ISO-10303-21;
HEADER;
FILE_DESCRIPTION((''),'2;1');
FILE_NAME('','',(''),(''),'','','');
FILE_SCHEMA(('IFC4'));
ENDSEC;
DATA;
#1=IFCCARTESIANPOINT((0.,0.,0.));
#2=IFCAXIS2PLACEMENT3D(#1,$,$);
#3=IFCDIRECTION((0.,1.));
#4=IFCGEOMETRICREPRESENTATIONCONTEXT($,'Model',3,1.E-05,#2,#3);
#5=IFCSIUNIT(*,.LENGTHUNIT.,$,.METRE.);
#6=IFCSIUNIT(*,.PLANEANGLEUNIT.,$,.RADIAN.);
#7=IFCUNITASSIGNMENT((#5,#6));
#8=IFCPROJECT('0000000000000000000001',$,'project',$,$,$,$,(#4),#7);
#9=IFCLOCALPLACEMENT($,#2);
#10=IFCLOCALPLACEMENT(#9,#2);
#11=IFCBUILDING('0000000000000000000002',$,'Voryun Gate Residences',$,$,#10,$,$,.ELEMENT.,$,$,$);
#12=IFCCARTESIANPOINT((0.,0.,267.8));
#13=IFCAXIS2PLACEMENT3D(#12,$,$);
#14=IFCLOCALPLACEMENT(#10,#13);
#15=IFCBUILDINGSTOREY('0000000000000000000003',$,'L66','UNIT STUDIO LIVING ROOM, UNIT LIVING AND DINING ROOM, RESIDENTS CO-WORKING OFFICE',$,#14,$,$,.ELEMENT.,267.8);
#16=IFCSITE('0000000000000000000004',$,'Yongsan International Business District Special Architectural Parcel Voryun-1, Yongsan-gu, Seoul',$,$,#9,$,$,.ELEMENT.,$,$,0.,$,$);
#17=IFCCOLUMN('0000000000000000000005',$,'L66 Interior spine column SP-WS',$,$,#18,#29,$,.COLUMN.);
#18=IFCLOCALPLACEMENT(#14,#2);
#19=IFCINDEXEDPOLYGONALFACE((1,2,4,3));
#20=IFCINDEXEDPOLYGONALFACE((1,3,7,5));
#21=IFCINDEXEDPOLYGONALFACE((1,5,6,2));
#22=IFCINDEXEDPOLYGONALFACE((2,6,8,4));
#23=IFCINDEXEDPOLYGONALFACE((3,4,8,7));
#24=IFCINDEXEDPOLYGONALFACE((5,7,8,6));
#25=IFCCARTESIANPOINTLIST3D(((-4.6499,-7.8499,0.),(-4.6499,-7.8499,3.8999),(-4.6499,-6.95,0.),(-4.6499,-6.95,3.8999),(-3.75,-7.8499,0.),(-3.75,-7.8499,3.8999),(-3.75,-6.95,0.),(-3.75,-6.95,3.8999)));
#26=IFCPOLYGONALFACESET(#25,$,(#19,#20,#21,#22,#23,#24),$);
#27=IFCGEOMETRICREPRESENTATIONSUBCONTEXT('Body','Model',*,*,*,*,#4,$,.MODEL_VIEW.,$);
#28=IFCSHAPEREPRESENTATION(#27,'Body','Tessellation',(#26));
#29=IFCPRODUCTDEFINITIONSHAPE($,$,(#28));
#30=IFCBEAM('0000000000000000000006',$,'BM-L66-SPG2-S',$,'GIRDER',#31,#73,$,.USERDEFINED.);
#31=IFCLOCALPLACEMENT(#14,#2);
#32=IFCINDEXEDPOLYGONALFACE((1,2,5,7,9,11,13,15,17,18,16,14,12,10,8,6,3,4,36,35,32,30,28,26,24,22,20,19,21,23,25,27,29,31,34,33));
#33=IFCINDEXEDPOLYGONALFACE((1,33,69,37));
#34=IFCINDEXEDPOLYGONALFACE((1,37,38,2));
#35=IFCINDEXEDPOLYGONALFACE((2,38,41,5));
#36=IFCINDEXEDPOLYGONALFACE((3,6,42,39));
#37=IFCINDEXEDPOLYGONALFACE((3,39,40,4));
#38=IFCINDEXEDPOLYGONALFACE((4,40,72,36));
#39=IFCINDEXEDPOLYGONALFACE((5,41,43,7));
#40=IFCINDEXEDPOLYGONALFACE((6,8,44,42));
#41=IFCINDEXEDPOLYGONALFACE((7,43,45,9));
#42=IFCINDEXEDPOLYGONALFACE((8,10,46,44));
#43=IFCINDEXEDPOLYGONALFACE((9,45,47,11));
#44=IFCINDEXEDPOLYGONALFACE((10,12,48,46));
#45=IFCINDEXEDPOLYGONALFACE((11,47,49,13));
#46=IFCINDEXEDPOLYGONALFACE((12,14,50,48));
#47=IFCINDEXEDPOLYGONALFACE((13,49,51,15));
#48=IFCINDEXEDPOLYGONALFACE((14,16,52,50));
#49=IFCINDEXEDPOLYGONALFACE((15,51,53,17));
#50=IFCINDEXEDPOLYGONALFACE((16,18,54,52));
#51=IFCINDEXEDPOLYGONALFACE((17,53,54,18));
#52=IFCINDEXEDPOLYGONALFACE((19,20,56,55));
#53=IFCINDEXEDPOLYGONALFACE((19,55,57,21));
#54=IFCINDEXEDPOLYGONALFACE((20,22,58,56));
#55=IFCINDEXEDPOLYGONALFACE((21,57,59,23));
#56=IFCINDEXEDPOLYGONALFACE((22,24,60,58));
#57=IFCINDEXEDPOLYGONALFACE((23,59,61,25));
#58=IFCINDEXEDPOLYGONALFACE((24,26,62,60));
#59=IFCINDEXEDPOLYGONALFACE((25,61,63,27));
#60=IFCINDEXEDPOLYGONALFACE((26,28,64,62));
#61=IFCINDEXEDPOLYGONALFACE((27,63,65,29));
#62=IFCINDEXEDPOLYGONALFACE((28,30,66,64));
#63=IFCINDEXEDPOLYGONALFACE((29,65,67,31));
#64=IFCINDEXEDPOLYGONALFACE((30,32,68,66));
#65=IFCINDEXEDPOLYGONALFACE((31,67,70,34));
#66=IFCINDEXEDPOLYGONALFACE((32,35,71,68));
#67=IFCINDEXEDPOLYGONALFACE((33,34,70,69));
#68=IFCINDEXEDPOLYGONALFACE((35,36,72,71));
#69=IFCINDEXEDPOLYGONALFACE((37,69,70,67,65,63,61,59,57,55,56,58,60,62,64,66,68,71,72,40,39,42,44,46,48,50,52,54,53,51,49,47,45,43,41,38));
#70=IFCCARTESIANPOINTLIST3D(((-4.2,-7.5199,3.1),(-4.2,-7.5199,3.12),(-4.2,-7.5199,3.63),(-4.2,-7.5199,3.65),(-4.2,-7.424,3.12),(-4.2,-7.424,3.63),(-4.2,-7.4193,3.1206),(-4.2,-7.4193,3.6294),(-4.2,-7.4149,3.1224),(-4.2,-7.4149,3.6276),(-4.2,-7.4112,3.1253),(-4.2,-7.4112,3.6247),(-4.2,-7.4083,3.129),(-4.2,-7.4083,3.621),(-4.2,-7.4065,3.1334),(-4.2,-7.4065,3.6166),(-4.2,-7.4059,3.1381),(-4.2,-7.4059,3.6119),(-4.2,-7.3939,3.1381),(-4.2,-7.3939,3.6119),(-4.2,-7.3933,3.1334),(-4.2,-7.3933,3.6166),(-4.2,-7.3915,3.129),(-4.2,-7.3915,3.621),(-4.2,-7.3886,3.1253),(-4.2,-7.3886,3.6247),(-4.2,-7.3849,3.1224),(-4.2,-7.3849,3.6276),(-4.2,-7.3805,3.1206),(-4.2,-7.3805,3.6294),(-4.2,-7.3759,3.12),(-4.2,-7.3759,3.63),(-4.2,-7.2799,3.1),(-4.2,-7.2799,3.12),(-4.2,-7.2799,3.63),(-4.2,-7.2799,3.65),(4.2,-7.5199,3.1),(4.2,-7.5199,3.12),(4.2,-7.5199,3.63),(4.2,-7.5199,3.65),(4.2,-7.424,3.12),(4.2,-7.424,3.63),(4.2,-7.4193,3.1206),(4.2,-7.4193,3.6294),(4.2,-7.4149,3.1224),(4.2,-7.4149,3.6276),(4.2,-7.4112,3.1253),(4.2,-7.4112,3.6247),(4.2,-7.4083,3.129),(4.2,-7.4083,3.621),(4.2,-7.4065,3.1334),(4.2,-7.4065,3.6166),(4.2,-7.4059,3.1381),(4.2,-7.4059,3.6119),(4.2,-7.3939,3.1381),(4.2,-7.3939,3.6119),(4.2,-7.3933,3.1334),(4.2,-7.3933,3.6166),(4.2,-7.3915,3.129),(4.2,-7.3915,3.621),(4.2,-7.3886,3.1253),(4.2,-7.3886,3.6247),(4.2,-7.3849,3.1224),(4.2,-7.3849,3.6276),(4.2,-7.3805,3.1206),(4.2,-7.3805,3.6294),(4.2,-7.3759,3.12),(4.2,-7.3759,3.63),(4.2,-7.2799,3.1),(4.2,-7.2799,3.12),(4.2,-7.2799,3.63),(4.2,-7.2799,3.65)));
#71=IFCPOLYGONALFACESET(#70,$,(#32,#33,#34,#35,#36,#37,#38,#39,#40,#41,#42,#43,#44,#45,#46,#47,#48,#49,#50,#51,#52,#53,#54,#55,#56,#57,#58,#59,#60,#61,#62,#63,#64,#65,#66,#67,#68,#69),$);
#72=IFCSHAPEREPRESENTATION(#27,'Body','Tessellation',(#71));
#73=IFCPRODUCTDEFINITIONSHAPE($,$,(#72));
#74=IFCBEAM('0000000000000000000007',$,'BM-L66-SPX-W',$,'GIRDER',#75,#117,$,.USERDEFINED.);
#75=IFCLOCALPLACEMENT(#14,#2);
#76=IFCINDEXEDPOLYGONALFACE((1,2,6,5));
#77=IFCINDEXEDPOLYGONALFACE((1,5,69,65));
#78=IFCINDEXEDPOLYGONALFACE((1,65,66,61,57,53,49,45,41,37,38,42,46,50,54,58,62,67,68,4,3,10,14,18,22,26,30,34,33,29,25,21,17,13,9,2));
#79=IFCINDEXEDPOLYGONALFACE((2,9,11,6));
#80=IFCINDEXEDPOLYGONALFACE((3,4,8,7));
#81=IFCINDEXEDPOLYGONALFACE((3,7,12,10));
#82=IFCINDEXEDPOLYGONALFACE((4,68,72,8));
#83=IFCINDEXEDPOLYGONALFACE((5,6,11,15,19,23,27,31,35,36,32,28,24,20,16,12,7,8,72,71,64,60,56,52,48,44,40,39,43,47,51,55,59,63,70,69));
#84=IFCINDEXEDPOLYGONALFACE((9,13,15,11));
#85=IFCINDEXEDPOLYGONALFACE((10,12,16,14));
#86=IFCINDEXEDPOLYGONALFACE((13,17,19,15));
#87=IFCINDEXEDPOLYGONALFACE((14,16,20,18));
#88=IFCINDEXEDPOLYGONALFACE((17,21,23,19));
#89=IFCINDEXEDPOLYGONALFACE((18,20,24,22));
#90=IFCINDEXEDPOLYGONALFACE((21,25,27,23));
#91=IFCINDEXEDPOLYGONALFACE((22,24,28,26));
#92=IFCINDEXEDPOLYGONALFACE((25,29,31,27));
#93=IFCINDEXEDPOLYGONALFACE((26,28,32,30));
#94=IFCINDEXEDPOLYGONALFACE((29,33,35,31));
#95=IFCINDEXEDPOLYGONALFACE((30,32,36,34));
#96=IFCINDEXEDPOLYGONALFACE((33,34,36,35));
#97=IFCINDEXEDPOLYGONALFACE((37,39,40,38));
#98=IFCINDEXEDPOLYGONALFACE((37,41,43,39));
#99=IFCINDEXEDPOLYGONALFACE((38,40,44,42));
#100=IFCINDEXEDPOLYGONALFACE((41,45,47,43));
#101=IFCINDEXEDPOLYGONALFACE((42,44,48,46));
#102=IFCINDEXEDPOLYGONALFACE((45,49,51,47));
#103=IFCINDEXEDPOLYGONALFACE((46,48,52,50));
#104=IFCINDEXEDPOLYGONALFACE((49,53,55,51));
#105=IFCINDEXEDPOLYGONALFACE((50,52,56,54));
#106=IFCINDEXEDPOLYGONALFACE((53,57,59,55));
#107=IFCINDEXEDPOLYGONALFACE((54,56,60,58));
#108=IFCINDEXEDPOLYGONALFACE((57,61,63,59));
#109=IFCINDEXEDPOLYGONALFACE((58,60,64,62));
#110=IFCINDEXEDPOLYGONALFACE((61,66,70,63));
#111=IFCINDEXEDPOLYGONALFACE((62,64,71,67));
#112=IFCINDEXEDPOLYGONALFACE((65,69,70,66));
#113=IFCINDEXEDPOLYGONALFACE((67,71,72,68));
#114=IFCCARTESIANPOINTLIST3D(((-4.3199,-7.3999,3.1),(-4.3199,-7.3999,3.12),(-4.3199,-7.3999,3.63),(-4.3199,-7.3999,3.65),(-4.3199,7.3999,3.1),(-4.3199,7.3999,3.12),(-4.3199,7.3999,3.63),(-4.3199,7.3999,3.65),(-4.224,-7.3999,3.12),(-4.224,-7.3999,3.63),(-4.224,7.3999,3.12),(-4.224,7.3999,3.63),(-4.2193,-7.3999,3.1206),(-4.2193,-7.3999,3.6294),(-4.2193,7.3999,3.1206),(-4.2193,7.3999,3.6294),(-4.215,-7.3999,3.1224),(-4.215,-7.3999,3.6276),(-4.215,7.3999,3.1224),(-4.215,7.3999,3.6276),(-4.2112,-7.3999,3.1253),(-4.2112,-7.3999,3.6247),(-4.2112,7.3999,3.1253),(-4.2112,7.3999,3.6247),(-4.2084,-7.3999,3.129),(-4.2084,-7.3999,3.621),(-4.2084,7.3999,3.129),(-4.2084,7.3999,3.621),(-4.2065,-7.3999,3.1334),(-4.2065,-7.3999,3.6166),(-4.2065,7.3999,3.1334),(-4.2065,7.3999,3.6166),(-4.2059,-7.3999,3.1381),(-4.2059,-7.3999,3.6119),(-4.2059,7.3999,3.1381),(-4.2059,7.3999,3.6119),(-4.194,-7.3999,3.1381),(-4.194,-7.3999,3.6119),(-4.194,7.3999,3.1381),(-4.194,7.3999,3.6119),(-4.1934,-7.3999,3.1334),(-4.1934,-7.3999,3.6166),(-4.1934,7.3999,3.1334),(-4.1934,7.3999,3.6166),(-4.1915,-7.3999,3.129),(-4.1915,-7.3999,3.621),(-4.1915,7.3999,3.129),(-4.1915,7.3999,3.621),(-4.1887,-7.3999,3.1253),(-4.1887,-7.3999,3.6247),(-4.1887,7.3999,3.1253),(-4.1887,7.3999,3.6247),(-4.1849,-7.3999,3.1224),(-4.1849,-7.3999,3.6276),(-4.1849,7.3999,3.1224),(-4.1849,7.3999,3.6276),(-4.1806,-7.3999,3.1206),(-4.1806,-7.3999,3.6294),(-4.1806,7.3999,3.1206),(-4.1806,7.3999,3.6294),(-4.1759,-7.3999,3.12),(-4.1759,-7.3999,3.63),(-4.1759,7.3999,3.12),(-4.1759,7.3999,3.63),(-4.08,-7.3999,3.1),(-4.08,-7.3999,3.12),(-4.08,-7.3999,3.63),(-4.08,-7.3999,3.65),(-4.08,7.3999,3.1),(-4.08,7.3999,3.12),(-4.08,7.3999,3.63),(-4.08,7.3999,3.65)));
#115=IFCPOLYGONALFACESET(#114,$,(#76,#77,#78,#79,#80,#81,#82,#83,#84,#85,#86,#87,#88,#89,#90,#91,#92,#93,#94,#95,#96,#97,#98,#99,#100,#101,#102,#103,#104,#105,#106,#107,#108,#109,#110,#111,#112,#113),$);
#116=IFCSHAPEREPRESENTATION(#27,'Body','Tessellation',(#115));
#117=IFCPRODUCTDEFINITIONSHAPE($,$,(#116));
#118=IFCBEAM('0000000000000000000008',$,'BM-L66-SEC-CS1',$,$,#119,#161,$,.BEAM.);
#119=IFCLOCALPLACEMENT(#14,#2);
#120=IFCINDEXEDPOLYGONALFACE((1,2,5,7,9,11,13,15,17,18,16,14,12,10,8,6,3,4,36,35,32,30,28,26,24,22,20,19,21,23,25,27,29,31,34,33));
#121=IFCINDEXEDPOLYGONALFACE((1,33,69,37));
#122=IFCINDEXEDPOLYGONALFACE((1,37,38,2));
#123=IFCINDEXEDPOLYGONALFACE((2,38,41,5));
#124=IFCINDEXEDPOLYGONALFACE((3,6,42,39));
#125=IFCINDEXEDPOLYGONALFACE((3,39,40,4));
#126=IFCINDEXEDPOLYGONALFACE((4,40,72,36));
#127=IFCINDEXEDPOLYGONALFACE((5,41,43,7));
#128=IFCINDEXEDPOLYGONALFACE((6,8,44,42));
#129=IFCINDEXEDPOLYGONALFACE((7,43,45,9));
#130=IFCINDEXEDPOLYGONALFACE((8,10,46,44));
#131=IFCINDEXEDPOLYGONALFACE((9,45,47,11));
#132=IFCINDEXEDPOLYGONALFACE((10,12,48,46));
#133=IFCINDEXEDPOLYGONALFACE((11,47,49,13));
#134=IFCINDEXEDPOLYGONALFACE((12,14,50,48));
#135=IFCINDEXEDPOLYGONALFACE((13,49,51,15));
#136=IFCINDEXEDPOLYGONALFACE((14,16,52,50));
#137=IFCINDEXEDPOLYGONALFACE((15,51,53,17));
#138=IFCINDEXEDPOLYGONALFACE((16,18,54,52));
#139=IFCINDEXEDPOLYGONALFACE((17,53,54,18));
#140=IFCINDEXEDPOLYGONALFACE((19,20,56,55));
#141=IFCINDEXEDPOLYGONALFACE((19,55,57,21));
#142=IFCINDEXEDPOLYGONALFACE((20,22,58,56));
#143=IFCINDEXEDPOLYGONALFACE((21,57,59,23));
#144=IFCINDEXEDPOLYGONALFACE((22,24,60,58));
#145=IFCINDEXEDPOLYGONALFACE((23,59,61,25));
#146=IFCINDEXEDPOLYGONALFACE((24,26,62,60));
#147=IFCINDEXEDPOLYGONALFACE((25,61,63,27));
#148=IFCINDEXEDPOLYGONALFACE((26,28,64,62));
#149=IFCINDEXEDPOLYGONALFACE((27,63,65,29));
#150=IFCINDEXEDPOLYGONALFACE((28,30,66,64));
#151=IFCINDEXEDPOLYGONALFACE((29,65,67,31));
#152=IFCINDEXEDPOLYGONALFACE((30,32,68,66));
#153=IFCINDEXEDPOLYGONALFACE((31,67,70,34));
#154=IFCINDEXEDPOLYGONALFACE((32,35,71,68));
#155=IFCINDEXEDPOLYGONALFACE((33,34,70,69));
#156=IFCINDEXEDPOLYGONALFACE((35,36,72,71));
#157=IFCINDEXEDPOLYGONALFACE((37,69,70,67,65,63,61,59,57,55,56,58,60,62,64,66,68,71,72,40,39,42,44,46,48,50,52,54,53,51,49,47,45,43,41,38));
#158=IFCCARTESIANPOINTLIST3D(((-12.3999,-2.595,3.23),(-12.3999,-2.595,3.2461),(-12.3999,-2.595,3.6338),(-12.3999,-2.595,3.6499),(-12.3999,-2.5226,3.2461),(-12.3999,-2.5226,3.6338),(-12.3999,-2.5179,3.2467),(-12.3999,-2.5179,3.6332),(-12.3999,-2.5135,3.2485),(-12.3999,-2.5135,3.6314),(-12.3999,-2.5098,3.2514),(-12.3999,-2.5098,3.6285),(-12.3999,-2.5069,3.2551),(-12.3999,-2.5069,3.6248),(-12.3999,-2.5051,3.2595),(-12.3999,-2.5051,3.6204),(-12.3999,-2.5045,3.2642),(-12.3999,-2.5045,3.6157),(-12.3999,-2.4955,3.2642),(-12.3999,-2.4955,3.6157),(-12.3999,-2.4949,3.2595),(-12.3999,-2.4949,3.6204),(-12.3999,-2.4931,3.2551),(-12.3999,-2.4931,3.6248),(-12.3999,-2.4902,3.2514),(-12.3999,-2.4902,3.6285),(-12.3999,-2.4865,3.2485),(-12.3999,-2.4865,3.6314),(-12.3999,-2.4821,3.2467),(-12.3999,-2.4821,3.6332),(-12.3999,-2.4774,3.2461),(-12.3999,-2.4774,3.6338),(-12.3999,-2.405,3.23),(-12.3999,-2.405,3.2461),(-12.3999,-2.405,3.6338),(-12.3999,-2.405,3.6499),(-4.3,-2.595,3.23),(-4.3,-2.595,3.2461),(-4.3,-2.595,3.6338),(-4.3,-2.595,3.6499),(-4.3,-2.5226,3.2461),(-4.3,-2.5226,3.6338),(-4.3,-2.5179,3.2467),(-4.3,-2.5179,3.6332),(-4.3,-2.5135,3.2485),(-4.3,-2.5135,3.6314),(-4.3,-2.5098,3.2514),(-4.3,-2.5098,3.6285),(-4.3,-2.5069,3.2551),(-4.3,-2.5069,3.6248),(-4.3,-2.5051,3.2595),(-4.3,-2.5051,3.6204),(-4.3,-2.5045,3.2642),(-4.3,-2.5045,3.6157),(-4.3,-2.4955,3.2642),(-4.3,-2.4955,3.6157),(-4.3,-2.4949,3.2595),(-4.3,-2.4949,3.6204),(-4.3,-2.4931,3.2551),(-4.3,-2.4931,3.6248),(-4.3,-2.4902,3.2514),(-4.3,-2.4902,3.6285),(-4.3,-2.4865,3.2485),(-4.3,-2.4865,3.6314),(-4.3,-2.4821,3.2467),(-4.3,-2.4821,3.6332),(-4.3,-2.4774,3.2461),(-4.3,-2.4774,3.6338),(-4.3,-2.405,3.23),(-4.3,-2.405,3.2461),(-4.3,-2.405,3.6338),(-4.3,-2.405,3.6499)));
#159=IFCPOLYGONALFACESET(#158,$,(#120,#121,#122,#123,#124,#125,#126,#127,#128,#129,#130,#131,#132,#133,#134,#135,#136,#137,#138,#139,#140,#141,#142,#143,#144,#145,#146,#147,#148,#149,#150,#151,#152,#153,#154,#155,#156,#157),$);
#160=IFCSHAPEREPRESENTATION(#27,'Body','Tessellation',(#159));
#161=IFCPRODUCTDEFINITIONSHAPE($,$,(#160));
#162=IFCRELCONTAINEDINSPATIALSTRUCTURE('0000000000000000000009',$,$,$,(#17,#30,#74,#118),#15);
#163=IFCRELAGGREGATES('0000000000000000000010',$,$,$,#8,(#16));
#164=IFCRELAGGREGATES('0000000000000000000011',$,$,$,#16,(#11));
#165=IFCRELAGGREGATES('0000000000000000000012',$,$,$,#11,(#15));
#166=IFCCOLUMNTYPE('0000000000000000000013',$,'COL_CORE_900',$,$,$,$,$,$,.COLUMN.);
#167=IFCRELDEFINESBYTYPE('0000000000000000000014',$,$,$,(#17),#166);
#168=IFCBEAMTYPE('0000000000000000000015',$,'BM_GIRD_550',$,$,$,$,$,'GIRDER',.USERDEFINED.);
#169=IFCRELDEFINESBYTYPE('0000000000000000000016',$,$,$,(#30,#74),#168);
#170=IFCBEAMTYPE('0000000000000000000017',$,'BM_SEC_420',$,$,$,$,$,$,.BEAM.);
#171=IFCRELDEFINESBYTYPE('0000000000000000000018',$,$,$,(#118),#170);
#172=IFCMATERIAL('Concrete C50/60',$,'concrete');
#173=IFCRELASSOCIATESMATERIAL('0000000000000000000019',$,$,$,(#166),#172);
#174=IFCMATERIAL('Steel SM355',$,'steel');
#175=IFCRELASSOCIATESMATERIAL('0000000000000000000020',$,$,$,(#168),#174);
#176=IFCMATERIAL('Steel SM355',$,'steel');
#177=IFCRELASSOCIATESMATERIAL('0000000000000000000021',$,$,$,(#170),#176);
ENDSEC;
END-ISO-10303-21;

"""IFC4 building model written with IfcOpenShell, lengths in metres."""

from ifc_helpers import new_model, si_unit, direction, frame, origin, origin_2d, place, context, subcontext, project, spatial, rectangle, i_section, extrude, material, material_profile, profile_set, type_object, element, save


model = new_model("IFC4")

# Units and contexts
model_context = context("Model", 3, precision=1e-05, world=origin(), true_north=direction((0.0, 1.0)))
body_context = subcontext(model_context, "Body", "Model", "MODEL_VIEW")
ifc_project = project(units=[si_unit("LENGTHUNIT", "METRE"), si_unit("PLANEANGLEUNIT", "RADIAN")], contexts=[model_context])

# Site, building, storey
site_placement = place(None, origin())
site = spatial("IfcSite", under=ifc_project, at=site_placement, Name="Yongsan International Business District Special Architectural Parcel Voryun-1, Yongsan-gu, Seoul", CompositionType="ELEMENT", RefElevation=0.0)
building_placement = place(site_placement, origin())
building = spatial("IfcBuilding", under=site, at=building_placement, Name="Voryun Gate Residences", CompositionType="ELEMENT")
storey_placement = place(building_placement, frame((0.0, 0.0, 267.8)))
storey = spatial("IfcBuildingStorey", under=building, at=storey_placement, Name="L66", Description="UNIT STUDIO LIVING ROOM, UNIT LIVING AND DINING ROOM, RESIDENTS CO-WORKING OFFICE", CompositionType="ELEMENT", Elevation=267.8)

# Column
ifc_material_1 = material(Name="Concrete C50/60", Category="concrete")
ifc_material_profile_1 = material_profile(ifc_material_1, rectangle(XDim=0.8999, YDim=0.8999, at=origin_2d()), Name="RC-900x900")
ifc_profile_set_1 = profile_set([ifc_material_profile_1], Name="Concrete C50/60")
column_type = type_object("IfcColumnType", Name="COL_CORE_900", PredefinedType="COLUMN", material=ifc_profile_set_1)
column_placement = place(storey_placement, frame((-4.2, -7.3999, 0.0), z_axis=(0.0, 0.0, 1.0), x_axis=(1.0, 0.0, 0.0)))
element("IfcColumn", 1, at=column_placement, inside=storey, type_object=column_type, Name="L66 Interior spine column SP-WS", PredefinedType="COLUMN", context=body_context, shape_type="SweptSolid", body=[
    extrude(rectangle(XDim=0.8999, YDim=0.8999, at=origin_2d()), origin(), (0.0, 0.0, 1.0), 3.8999),
])

# Beams
ifc_material_2 = material(Name="Steel SM355", Category="steel")
ifc_material_profile_2 = material_profile(ifc_material_2, i_section(OverallWidth=0.24, OverallDepth=0.55, WebThickness=0.012, FlangeThickness=0.02, FilletRadius=0.0181, at=origin_2d()), Name="H-550x240x12x20")
ifc_profile_set_2 = profile_set([ifc_material_profile_2], Name="Steel SM355")
beam_type_1 = type_object("IfcBeamType", Name="BM_GIRD_550", ElementType="GIRDER", PredefinedType="USERDEFINED", material=ifc_profile_set_2)
beam_1_placement = place(storey_placement, frame((-4.2, -7.3999, 3.375), z_axis=(1.0, 0.0, 0.0), x_axis=(0.0, 1.0, 0.0)))
element("IfcBeam", 2, at=beam_1_placement, inside=storey, type_object=beam_type_1, Name="BM-L66-SPG2-S", ObjectType="GIRDER", PredefinedType="USERDEFINED", context=body_context, shape_type="SweptSolid", body=[
    extrude(i_section(OverallWidth=0.24, OverallDepth=0.55, WebThickness=0.012, FlangeThickness=0.02, FilletRadius=0.0181, at=origin_2d()), origin(), (0.0, 0.0, 1.0), 8.3999),
])
beam_2_placement = place(storey_placement, frame((-4.2, -7.3999, 3.375), z_axis=(0.0, 1.0, 0.0), x_axis=(-1.0, 0.0, 0.0)))
element("IfcBeam", 3, at=beam_2_placement, inside=storey, type_object=beam_type_1, Name="BM-L66-SPX-W", ObjectType="GIRDER", PredefinedType="USERDEFINED", context=body_context, shape_type="SweptSolid", body=[
    extrude(i_section(OverallWidth=0.24, OverallDepth=0.55, WebThickness=0.012, FlangeThickness=0.02, FilletRadius=0.0181, at=origin_2d()), origin(), (0.0, 0.0, 1.0), 14.7998),
])
ifc_material_3 = material(Name="Steel SM355", Category="steel")
ifc_material_profile_3 = material_profile(ifc_material_3, i_section(OverallWidth=0.1899, OverallDepth=0.4199, WebThickness=0.009, FlangeThickness=0.0161, FilletRadius=0.0181, at=origin_2d()), Name="H-420x190x9x16")
ifc_profile_set_3 = profile_set([ifc_material_profile_3], Name="Steel SM355")
beam_type_2 = type_object("IfcBeamType", Name="BM_SEC_420", PredefinedType="BEAM", material=ifc_profile_set_3)
beam_3_placement = place(storey_placement, frame((-12.3999, -2.5, 3.4399), z_axis=(1.0, 0.0, 0.0), x_axis=(0.0, 1.0, 0.0)))
element("IfcBeam", 4, at=beam_3_placement, inside=storey, type_object=beam_type_2, Name="BM-L66-SEC-CS1", PredefinedType="BEAM", context=body_context, shape_type="SweptSolid", body=[
    extrude(i_section(OverallWidth=0.1899, OverallDepth=0.4199, WebThickness=0.009, FlangeThickness=0.0161, FilletRadius=0.0181, at=origin_2d()), origin(), (0.0, 0.0, 1.0), 8.0999),
])

save(model, "model.ifc")
